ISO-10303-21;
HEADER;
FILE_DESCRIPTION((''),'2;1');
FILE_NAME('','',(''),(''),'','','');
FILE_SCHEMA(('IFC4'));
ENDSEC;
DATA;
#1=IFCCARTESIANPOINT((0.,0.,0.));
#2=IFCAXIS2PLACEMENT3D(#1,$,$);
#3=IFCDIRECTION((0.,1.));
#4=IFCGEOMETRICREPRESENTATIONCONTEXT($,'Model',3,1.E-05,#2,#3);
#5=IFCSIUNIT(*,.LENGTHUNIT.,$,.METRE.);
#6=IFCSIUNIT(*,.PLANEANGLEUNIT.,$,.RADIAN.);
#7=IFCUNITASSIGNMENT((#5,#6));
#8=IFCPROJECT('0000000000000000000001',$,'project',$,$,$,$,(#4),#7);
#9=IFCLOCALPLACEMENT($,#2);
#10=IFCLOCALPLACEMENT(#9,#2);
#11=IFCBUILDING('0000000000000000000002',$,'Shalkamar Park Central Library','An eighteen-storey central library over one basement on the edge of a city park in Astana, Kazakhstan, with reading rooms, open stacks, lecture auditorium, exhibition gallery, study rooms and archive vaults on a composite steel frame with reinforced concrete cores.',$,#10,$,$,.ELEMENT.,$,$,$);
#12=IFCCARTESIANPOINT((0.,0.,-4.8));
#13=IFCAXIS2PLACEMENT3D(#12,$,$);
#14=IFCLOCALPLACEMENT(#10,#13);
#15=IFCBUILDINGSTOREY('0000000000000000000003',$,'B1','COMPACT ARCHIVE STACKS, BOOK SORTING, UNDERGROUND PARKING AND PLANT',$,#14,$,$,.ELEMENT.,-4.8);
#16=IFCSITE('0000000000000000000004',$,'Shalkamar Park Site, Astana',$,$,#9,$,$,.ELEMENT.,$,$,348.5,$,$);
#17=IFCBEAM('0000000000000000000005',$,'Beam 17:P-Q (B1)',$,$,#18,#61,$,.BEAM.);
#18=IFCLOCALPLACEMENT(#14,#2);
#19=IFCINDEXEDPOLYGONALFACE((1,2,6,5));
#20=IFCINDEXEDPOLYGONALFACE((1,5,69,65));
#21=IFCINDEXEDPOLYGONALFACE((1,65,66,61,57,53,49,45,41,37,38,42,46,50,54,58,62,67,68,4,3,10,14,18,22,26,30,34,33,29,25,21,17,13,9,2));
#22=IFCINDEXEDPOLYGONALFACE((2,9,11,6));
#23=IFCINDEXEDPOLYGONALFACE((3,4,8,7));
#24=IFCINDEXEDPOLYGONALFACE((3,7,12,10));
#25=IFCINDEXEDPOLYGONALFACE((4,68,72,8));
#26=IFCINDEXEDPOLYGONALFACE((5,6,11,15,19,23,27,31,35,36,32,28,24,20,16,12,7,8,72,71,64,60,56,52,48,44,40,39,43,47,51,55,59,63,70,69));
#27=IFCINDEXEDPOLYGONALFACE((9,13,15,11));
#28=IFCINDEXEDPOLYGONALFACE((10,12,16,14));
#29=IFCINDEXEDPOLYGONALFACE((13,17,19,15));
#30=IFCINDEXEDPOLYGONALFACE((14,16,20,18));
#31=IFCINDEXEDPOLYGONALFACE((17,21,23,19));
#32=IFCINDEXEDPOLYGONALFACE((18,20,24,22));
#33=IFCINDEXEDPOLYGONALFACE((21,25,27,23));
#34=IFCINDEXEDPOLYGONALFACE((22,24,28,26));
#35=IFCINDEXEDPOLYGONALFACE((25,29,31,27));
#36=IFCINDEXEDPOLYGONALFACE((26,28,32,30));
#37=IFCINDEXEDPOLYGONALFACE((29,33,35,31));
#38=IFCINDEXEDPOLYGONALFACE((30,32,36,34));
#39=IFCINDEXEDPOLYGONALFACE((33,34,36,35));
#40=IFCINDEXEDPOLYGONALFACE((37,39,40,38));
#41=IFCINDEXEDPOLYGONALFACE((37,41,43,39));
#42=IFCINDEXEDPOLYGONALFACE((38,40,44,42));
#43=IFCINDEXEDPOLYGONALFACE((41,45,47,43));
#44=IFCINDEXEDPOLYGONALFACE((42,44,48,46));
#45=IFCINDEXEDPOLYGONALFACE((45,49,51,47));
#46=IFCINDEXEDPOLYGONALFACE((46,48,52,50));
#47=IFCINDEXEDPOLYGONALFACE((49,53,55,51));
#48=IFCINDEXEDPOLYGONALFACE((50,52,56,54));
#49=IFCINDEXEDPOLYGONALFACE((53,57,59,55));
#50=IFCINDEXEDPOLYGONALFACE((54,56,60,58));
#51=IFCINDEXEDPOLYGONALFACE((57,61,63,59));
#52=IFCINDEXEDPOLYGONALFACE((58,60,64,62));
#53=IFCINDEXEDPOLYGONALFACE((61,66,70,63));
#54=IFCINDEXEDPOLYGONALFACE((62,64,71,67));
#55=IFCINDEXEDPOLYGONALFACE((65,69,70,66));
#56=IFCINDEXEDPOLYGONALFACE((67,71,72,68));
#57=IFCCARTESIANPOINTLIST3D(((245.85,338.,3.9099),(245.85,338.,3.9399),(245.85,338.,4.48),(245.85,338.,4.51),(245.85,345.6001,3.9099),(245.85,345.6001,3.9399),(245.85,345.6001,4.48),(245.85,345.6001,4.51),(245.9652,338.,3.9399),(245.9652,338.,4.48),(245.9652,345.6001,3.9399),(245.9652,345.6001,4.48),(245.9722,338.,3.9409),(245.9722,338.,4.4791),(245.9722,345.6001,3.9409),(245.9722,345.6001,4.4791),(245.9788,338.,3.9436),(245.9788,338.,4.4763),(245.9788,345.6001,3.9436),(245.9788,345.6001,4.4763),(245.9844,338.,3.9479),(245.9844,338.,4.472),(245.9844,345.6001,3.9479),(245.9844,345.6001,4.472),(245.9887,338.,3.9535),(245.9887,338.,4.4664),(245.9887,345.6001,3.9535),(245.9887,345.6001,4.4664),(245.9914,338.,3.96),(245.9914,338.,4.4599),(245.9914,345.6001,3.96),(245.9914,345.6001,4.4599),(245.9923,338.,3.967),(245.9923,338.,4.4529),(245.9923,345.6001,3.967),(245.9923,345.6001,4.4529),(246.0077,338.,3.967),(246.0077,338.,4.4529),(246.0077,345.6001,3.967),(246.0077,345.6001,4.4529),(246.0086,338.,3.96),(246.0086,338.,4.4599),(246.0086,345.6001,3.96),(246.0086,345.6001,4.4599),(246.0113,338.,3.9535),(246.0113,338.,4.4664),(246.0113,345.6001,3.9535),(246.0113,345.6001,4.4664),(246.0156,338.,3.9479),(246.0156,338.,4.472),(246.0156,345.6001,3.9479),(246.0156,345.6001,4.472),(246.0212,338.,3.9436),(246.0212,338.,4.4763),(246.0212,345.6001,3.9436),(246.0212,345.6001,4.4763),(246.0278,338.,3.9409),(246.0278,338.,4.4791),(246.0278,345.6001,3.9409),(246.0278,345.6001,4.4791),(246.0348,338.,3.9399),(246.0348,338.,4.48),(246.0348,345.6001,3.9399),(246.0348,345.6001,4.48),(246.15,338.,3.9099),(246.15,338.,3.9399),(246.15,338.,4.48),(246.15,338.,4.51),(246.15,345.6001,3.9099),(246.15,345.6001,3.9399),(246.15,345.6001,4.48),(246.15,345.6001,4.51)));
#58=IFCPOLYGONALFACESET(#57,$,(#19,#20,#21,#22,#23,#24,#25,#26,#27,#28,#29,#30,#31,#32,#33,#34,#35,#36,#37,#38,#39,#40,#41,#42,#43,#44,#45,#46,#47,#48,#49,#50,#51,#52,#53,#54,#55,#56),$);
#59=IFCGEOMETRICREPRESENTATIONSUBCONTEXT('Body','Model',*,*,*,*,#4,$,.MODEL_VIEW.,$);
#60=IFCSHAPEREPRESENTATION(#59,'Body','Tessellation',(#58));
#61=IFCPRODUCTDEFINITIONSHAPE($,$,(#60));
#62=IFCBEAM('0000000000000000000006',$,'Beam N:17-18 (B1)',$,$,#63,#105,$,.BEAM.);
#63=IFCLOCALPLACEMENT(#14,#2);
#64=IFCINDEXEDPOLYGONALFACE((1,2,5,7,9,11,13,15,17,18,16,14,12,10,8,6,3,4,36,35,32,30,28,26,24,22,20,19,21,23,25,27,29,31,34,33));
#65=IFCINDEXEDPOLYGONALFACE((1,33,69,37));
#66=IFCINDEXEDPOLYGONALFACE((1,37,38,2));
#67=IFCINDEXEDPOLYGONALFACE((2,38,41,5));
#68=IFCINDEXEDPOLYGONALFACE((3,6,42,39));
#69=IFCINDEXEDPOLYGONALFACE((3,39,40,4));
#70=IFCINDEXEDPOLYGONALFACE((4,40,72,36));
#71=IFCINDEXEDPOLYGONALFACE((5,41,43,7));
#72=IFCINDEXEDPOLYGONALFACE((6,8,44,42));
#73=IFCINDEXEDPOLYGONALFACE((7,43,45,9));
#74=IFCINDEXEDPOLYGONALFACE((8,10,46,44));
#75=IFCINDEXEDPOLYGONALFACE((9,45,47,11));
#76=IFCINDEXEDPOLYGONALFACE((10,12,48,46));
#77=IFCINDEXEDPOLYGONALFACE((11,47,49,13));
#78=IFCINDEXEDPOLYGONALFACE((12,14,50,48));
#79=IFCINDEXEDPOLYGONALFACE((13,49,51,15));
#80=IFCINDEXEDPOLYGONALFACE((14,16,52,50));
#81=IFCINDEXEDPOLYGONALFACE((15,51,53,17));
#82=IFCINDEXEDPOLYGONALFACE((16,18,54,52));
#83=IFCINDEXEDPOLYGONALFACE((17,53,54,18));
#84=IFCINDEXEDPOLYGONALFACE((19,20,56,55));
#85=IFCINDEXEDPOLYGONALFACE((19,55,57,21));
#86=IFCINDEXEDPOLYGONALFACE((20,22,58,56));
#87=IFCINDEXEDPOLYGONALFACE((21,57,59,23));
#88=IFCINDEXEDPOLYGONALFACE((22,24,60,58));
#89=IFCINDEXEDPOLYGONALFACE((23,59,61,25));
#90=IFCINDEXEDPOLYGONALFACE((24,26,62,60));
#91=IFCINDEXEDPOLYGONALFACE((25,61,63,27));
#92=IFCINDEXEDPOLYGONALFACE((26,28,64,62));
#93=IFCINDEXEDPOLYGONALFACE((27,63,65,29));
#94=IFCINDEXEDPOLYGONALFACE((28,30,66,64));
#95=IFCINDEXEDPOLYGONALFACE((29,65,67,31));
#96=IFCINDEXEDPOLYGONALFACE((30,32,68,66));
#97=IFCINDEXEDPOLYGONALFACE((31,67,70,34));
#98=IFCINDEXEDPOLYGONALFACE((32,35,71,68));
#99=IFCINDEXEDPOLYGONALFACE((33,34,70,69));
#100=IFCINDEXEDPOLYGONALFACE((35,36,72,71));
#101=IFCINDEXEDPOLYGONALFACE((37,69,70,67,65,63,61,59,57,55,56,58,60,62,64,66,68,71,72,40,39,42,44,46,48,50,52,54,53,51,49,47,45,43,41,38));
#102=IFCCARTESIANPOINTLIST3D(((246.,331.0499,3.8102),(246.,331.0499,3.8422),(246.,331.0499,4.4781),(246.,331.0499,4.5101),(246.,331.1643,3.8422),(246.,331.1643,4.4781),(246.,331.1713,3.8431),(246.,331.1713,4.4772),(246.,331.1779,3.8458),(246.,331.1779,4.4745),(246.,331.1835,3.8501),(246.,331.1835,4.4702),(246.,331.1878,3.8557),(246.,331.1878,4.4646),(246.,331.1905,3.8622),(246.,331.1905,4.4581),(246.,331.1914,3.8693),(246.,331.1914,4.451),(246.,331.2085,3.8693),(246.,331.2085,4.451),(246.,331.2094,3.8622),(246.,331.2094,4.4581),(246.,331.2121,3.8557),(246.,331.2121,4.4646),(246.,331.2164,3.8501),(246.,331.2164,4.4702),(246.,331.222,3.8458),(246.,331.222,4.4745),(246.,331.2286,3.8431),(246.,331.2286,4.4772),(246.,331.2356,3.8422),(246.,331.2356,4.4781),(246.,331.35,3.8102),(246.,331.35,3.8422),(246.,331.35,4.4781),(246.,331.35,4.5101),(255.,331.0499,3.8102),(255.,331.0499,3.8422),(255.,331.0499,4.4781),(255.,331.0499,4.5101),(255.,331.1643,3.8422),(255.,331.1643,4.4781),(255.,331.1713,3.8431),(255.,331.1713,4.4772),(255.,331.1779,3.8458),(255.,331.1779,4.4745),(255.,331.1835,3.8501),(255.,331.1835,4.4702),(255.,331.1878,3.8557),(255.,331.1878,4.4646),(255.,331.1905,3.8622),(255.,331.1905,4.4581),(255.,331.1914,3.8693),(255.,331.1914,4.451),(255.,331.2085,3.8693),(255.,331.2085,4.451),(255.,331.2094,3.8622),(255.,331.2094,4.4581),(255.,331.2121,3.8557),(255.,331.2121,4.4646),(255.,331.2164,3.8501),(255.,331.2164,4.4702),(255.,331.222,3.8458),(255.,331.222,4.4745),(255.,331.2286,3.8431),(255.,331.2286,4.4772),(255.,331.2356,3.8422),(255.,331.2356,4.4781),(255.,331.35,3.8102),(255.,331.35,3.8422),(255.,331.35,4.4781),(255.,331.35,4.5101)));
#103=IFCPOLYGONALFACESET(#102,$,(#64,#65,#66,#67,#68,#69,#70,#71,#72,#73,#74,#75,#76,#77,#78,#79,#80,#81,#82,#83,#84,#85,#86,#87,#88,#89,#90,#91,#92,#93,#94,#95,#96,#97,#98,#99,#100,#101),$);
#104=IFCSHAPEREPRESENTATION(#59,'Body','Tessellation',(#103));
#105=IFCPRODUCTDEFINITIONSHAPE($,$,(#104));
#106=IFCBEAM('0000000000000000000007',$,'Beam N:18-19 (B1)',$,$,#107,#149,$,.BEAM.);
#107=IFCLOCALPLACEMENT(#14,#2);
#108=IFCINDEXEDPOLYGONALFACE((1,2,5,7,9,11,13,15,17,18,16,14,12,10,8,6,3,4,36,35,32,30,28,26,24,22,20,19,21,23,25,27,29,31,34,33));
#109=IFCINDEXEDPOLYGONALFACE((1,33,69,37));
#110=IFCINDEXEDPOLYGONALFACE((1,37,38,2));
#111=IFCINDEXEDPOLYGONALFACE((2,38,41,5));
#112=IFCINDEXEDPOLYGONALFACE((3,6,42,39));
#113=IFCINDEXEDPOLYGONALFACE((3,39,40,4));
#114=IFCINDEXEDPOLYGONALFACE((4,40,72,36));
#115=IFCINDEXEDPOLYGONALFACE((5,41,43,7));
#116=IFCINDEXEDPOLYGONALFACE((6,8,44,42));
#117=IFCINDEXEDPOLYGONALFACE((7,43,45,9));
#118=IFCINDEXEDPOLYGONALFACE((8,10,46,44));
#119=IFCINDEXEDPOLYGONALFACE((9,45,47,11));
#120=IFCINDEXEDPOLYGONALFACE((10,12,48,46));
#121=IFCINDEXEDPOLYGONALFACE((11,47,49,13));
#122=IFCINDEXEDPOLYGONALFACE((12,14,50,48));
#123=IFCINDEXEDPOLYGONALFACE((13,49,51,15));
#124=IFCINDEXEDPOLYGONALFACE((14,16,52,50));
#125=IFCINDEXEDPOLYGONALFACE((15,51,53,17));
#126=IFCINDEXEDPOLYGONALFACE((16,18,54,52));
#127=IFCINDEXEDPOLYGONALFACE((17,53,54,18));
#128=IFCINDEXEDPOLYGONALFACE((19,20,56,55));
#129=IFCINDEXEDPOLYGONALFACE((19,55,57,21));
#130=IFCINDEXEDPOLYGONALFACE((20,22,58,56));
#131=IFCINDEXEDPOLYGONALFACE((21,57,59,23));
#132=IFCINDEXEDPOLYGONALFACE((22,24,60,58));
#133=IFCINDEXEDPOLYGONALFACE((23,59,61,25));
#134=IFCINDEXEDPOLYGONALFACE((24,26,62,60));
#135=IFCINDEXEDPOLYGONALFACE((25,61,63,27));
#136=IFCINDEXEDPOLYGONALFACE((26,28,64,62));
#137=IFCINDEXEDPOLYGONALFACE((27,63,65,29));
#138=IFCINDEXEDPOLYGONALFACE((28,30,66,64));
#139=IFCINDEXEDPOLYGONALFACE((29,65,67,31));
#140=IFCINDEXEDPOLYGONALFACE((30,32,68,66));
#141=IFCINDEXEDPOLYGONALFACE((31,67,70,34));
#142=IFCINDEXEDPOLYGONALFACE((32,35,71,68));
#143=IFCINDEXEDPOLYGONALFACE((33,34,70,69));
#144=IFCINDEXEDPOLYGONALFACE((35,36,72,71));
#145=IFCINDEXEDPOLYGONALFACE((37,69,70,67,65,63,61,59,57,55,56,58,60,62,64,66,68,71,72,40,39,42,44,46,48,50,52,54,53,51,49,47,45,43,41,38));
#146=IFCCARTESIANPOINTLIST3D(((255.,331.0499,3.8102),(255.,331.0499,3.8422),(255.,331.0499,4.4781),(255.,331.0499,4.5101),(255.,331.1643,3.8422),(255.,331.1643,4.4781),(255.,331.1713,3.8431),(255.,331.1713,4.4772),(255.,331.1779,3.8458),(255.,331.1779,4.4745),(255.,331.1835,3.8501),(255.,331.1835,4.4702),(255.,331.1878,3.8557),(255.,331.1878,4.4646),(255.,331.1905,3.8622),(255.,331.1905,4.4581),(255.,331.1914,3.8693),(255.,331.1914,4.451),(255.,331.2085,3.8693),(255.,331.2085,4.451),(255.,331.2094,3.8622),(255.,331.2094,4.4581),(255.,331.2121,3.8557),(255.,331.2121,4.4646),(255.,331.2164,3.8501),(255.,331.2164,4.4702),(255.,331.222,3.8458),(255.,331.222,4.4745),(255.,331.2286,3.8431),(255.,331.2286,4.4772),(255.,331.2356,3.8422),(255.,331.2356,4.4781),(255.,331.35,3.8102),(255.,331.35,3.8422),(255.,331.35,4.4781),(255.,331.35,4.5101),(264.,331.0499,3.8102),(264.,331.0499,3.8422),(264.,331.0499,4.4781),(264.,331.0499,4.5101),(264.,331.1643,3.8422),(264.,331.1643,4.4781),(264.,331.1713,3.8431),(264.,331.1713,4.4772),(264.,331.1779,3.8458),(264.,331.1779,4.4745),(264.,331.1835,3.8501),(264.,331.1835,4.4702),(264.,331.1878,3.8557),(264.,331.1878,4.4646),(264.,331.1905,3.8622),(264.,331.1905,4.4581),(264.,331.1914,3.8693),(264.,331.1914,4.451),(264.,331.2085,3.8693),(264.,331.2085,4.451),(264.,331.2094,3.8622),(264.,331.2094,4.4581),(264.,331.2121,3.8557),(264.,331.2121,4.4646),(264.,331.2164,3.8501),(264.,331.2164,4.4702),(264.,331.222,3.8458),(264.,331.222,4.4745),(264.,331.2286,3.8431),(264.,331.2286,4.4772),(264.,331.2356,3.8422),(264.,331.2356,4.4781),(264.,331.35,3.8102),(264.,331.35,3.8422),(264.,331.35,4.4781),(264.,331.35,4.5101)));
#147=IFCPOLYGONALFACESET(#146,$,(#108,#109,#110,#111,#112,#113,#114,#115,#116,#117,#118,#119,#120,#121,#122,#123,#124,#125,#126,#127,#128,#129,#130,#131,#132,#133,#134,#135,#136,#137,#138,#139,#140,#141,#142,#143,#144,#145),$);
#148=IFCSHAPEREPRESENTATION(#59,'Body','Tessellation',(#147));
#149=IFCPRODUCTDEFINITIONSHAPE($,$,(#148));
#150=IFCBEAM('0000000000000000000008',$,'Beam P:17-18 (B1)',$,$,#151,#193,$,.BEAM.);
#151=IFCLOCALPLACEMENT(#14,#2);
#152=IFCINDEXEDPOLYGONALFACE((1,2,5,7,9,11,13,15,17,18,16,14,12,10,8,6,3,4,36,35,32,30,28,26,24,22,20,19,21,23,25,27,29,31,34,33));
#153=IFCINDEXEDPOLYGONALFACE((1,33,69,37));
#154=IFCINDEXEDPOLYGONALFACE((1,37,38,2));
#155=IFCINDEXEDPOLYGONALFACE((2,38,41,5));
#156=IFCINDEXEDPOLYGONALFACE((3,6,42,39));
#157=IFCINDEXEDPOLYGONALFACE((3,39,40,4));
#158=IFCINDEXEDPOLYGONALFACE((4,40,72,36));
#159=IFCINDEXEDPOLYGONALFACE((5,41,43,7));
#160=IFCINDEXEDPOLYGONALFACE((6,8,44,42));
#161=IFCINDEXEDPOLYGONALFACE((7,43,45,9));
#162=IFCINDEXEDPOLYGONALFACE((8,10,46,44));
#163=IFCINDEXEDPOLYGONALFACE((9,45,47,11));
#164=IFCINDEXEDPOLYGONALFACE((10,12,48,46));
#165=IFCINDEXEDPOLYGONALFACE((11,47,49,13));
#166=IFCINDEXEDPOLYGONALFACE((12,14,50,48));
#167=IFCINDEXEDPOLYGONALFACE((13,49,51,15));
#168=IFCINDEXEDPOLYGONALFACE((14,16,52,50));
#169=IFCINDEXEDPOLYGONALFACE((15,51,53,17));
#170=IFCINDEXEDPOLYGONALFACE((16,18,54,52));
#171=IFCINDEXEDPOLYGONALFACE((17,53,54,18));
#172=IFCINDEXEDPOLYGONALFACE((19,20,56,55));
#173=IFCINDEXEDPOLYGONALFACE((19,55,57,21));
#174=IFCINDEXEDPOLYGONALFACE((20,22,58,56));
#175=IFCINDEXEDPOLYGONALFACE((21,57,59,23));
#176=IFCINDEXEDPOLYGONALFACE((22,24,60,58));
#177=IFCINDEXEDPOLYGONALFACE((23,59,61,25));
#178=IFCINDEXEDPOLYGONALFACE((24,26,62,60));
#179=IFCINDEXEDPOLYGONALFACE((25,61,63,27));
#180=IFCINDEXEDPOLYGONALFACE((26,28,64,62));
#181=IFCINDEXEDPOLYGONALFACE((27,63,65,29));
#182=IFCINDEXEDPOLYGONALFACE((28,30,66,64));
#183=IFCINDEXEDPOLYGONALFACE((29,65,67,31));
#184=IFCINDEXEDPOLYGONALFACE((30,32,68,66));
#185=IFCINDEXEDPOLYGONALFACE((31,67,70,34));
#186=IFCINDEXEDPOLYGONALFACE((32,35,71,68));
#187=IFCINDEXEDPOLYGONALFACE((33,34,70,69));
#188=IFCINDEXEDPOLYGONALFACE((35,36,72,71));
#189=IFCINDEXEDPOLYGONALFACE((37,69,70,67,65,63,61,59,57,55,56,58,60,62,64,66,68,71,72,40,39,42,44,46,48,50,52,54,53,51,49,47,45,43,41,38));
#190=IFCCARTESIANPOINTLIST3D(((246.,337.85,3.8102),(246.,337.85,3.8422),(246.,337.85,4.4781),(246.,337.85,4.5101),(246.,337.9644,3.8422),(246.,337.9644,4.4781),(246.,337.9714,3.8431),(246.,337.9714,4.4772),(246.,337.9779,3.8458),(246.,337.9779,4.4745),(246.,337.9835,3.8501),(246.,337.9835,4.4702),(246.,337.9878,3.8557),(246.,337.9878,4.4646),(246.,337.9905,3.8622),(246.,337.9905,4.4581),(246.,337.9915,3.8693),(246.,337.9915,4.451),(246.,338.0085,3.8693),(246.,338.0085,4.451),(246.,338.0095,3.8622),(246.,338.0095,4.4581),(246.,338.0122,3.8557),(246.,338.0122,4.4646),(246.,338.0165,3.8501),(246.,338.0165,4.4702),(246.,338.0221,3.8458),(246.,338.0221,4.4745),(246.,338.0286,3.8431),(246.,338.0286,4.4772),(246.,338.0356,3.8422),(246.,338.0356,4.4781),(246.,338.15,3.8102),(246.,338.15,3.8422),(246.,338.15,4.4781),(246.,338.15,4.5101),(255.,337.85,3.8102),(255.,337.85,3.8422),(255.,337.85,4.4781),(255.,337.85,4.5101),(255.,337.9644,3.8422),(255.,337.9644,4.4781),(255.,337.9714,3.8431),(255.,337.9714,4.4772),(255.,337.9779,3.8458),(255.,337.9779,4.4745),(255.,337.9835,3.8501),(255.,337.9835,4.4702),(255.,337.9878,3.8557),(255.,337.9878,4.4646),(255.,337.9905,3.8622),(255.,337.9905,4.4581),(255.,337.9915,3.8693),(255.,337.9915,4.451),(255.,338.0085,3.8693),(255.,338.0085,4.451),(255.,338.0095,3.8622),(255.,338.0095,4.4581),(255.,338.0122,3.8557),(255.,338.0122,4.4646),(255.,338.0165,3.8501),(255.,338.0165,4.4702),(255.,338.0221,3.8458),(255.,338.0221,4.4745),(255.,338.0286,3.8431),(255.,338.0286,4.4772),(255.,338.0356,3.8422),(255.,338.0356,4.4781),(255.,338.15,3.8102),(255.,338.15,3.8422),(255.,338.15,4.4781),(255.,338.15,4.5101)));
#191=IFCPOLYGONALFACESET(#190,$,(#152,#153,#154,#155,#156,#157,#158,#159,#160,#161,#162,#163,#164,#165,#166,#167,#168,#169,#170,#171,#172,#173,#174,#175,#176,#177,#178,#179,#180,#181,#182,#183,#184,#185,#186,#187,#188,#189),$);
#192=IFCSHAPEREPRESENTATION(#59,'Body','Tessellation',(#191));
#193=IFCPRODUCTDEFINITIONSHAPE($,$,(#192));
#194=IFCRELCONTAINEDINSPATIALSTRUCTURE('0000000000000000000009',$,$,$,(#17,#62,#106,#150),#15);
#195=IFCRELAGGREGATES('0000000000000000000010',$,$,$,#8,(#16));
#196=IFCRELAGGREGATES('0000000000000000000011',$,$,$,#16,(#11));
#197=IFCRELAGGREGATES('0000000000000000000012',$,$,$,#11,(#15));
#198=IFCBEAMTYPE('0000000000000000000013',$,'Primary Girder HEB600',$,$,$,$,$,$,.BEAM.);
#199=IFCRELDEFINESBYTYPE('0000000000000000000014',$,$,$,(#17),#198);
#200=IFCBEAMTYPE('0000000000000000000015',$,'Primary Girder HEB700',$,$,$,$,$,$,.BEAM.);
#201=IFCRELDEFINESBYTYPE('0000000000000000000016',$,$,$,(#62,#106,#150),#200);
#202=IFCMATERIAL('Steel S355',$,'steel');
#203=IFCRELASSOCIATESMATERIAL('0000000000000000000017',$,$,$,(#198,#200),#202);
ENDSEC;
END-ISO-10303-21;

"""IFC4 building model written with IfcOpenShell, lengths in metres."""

from ifc_helpers import new_model, si_unit, direction, frame, origin, origin_2d, place, context, subcontext, project, spatial, i_section, extrude, material, material_profile, profile_set, type_object, element, save


model = new_model("IFC4")

# Units and contexts
model_context = context("Model", 3, precision=1e-05, world=origin(), true_north=direction((0.0, 1.0)))
body_context = subcontext(model_context, "Body", "Model", "MODEL_VIEW")
ifc_project = project(units=[si_unit("LENGTHUNIT", "METRE"), si_unit("PLANEANGLEUNIT", "RADIAN")], contexts=[model_context])

# Site, building, storey
site_placement = place(None, origin())
site = spatial("IfcSite", under=ifc_project, at=site_placement, Name="Shalkamar Park Site, Astana", CompositionType="ELEMENT", RefElevation=348.5)
building_placement = place(site_placement, origin())
building = spatial("IfcBuilding", under=site, at=building_placement, Name="Shalkamar Park Central Library", Description="An eighteen-storey central library over one basement on the edge of a city park in Astana, Kazakhstan, with reading rooms, open stacks, lecture auditorium, exhibition gallery, study rooms and archive vaults on a composite steel frame with reinforced concrete cores.", CompositionType="ELEMENT")
storey_placement = place(building_placement, frame((0.0, 0.0, -4.8)))
storey = spatial("IfcBuildingStorey", under=building, at=storey_placement, Name="B1", Description="COMPACT ARCHIVE STACKS, BOOK SORTING, UNDERGROUND PARKING AND PLANT", CompositionType="ELEMENT", Elevation=-4.8)

# Shared definitions
ifc_material_1 = material(Name="Steel S355", Category="steel")

# Beams
ifc_material_profile_1 = material_profile(ifc_material_1, i_section(OverallWidth=0.3, OverallDepth=0.6001, WebThickness=0.0154, FlangeThickness=0.03, FilletRadius=0.0271, at=origin_2d()), Name="HEB 600")
ifc_profile_set_1 = profile_set([ifc_material_profile_1], Name="Steel S355")
beam_type_1 = type_object("IfcBeamType", Name="Primary Girder HEB600", PredefinedType="BEAM", material=ifc_profile_set_1)
beam_1_placement = place(storey_placement, frame((246.0, 338.0, 4.21), z_axis=(0.0, 1.0, 0.0), x_axis=(-1.0, 0.0, 0.0)))
element("IfcBeam", 1, at=beam_1_placement, inside=storey, type_object=beam_type_1, Name="Beam 17:P-Q (B1)", PredefinedType="BEAM", context=body_context, shape_type="SweptSolid", body=[
    extrude(i_section(OverallWidth=0.3, OverallDepth=0.6001, WebThickness=0.0154, FlangeThickness=0.03, FilletRadius=0.0271, at=origin_2d()), origin(), (0.0, 0.0, 1.0), 7.6001),
])
ifc_material_profile_2 = material_profile(ifc_material_1, i_section(OverallWidth=0.3, OverallDepth=0.7, WebThickness=0.0171, FlangeThickness=0.032, FilletRadius=0.0271, at=origin_2d()), Name="HEB 700")
ifc_profile_set_2 = profile_set([ifc_material_profile_2], Name="Steel S355")
beam_type_2 = type_object("IfcBeamType", Name="Primary Girder HEB700", PredefinedType="BEAM", material=ifc_profile_set_2)
for number, where, z_axis, x_axis, name in (
    (2, (246.0, 331.2, 4.1602), (1.0, 0.0, 0.0), (0.0, 1.0, 0.0), "Beam N:17-18 (B1)"),
    (3, (255.0, 331.2, 4.1602), (1.0, 0.0, 0.0), (0.0, 1.0, 0.0), "Beam N:18-19 (B1)"),
    (4, (246.0, 338.0, 4.1602), (1.0, 0.0, 0.0), (0.0, 1.0, 0.0), "Beam P:17-18 (B1)"),
):
    element("IfcBeam", number, at=place(storey_placement, frame(where, z_axis=z_axis, x_axis=x_axis)), inside=storey, type_object=beam_type_2, Name=name, PredefinedType="BEAM", context=body_context, shape_type="SweptSolid", body=[
        extrude(i_section(OverallWidth=0.3, OverallDepth=0.7, WebThickness=0.0171, FlangeThickness=0.032, FilletRadius=0.0271, at=origin_2d()), origin(), (0.0, 0.0, 1.0), 9.0),
    ])

save(model, "model.ifc")
